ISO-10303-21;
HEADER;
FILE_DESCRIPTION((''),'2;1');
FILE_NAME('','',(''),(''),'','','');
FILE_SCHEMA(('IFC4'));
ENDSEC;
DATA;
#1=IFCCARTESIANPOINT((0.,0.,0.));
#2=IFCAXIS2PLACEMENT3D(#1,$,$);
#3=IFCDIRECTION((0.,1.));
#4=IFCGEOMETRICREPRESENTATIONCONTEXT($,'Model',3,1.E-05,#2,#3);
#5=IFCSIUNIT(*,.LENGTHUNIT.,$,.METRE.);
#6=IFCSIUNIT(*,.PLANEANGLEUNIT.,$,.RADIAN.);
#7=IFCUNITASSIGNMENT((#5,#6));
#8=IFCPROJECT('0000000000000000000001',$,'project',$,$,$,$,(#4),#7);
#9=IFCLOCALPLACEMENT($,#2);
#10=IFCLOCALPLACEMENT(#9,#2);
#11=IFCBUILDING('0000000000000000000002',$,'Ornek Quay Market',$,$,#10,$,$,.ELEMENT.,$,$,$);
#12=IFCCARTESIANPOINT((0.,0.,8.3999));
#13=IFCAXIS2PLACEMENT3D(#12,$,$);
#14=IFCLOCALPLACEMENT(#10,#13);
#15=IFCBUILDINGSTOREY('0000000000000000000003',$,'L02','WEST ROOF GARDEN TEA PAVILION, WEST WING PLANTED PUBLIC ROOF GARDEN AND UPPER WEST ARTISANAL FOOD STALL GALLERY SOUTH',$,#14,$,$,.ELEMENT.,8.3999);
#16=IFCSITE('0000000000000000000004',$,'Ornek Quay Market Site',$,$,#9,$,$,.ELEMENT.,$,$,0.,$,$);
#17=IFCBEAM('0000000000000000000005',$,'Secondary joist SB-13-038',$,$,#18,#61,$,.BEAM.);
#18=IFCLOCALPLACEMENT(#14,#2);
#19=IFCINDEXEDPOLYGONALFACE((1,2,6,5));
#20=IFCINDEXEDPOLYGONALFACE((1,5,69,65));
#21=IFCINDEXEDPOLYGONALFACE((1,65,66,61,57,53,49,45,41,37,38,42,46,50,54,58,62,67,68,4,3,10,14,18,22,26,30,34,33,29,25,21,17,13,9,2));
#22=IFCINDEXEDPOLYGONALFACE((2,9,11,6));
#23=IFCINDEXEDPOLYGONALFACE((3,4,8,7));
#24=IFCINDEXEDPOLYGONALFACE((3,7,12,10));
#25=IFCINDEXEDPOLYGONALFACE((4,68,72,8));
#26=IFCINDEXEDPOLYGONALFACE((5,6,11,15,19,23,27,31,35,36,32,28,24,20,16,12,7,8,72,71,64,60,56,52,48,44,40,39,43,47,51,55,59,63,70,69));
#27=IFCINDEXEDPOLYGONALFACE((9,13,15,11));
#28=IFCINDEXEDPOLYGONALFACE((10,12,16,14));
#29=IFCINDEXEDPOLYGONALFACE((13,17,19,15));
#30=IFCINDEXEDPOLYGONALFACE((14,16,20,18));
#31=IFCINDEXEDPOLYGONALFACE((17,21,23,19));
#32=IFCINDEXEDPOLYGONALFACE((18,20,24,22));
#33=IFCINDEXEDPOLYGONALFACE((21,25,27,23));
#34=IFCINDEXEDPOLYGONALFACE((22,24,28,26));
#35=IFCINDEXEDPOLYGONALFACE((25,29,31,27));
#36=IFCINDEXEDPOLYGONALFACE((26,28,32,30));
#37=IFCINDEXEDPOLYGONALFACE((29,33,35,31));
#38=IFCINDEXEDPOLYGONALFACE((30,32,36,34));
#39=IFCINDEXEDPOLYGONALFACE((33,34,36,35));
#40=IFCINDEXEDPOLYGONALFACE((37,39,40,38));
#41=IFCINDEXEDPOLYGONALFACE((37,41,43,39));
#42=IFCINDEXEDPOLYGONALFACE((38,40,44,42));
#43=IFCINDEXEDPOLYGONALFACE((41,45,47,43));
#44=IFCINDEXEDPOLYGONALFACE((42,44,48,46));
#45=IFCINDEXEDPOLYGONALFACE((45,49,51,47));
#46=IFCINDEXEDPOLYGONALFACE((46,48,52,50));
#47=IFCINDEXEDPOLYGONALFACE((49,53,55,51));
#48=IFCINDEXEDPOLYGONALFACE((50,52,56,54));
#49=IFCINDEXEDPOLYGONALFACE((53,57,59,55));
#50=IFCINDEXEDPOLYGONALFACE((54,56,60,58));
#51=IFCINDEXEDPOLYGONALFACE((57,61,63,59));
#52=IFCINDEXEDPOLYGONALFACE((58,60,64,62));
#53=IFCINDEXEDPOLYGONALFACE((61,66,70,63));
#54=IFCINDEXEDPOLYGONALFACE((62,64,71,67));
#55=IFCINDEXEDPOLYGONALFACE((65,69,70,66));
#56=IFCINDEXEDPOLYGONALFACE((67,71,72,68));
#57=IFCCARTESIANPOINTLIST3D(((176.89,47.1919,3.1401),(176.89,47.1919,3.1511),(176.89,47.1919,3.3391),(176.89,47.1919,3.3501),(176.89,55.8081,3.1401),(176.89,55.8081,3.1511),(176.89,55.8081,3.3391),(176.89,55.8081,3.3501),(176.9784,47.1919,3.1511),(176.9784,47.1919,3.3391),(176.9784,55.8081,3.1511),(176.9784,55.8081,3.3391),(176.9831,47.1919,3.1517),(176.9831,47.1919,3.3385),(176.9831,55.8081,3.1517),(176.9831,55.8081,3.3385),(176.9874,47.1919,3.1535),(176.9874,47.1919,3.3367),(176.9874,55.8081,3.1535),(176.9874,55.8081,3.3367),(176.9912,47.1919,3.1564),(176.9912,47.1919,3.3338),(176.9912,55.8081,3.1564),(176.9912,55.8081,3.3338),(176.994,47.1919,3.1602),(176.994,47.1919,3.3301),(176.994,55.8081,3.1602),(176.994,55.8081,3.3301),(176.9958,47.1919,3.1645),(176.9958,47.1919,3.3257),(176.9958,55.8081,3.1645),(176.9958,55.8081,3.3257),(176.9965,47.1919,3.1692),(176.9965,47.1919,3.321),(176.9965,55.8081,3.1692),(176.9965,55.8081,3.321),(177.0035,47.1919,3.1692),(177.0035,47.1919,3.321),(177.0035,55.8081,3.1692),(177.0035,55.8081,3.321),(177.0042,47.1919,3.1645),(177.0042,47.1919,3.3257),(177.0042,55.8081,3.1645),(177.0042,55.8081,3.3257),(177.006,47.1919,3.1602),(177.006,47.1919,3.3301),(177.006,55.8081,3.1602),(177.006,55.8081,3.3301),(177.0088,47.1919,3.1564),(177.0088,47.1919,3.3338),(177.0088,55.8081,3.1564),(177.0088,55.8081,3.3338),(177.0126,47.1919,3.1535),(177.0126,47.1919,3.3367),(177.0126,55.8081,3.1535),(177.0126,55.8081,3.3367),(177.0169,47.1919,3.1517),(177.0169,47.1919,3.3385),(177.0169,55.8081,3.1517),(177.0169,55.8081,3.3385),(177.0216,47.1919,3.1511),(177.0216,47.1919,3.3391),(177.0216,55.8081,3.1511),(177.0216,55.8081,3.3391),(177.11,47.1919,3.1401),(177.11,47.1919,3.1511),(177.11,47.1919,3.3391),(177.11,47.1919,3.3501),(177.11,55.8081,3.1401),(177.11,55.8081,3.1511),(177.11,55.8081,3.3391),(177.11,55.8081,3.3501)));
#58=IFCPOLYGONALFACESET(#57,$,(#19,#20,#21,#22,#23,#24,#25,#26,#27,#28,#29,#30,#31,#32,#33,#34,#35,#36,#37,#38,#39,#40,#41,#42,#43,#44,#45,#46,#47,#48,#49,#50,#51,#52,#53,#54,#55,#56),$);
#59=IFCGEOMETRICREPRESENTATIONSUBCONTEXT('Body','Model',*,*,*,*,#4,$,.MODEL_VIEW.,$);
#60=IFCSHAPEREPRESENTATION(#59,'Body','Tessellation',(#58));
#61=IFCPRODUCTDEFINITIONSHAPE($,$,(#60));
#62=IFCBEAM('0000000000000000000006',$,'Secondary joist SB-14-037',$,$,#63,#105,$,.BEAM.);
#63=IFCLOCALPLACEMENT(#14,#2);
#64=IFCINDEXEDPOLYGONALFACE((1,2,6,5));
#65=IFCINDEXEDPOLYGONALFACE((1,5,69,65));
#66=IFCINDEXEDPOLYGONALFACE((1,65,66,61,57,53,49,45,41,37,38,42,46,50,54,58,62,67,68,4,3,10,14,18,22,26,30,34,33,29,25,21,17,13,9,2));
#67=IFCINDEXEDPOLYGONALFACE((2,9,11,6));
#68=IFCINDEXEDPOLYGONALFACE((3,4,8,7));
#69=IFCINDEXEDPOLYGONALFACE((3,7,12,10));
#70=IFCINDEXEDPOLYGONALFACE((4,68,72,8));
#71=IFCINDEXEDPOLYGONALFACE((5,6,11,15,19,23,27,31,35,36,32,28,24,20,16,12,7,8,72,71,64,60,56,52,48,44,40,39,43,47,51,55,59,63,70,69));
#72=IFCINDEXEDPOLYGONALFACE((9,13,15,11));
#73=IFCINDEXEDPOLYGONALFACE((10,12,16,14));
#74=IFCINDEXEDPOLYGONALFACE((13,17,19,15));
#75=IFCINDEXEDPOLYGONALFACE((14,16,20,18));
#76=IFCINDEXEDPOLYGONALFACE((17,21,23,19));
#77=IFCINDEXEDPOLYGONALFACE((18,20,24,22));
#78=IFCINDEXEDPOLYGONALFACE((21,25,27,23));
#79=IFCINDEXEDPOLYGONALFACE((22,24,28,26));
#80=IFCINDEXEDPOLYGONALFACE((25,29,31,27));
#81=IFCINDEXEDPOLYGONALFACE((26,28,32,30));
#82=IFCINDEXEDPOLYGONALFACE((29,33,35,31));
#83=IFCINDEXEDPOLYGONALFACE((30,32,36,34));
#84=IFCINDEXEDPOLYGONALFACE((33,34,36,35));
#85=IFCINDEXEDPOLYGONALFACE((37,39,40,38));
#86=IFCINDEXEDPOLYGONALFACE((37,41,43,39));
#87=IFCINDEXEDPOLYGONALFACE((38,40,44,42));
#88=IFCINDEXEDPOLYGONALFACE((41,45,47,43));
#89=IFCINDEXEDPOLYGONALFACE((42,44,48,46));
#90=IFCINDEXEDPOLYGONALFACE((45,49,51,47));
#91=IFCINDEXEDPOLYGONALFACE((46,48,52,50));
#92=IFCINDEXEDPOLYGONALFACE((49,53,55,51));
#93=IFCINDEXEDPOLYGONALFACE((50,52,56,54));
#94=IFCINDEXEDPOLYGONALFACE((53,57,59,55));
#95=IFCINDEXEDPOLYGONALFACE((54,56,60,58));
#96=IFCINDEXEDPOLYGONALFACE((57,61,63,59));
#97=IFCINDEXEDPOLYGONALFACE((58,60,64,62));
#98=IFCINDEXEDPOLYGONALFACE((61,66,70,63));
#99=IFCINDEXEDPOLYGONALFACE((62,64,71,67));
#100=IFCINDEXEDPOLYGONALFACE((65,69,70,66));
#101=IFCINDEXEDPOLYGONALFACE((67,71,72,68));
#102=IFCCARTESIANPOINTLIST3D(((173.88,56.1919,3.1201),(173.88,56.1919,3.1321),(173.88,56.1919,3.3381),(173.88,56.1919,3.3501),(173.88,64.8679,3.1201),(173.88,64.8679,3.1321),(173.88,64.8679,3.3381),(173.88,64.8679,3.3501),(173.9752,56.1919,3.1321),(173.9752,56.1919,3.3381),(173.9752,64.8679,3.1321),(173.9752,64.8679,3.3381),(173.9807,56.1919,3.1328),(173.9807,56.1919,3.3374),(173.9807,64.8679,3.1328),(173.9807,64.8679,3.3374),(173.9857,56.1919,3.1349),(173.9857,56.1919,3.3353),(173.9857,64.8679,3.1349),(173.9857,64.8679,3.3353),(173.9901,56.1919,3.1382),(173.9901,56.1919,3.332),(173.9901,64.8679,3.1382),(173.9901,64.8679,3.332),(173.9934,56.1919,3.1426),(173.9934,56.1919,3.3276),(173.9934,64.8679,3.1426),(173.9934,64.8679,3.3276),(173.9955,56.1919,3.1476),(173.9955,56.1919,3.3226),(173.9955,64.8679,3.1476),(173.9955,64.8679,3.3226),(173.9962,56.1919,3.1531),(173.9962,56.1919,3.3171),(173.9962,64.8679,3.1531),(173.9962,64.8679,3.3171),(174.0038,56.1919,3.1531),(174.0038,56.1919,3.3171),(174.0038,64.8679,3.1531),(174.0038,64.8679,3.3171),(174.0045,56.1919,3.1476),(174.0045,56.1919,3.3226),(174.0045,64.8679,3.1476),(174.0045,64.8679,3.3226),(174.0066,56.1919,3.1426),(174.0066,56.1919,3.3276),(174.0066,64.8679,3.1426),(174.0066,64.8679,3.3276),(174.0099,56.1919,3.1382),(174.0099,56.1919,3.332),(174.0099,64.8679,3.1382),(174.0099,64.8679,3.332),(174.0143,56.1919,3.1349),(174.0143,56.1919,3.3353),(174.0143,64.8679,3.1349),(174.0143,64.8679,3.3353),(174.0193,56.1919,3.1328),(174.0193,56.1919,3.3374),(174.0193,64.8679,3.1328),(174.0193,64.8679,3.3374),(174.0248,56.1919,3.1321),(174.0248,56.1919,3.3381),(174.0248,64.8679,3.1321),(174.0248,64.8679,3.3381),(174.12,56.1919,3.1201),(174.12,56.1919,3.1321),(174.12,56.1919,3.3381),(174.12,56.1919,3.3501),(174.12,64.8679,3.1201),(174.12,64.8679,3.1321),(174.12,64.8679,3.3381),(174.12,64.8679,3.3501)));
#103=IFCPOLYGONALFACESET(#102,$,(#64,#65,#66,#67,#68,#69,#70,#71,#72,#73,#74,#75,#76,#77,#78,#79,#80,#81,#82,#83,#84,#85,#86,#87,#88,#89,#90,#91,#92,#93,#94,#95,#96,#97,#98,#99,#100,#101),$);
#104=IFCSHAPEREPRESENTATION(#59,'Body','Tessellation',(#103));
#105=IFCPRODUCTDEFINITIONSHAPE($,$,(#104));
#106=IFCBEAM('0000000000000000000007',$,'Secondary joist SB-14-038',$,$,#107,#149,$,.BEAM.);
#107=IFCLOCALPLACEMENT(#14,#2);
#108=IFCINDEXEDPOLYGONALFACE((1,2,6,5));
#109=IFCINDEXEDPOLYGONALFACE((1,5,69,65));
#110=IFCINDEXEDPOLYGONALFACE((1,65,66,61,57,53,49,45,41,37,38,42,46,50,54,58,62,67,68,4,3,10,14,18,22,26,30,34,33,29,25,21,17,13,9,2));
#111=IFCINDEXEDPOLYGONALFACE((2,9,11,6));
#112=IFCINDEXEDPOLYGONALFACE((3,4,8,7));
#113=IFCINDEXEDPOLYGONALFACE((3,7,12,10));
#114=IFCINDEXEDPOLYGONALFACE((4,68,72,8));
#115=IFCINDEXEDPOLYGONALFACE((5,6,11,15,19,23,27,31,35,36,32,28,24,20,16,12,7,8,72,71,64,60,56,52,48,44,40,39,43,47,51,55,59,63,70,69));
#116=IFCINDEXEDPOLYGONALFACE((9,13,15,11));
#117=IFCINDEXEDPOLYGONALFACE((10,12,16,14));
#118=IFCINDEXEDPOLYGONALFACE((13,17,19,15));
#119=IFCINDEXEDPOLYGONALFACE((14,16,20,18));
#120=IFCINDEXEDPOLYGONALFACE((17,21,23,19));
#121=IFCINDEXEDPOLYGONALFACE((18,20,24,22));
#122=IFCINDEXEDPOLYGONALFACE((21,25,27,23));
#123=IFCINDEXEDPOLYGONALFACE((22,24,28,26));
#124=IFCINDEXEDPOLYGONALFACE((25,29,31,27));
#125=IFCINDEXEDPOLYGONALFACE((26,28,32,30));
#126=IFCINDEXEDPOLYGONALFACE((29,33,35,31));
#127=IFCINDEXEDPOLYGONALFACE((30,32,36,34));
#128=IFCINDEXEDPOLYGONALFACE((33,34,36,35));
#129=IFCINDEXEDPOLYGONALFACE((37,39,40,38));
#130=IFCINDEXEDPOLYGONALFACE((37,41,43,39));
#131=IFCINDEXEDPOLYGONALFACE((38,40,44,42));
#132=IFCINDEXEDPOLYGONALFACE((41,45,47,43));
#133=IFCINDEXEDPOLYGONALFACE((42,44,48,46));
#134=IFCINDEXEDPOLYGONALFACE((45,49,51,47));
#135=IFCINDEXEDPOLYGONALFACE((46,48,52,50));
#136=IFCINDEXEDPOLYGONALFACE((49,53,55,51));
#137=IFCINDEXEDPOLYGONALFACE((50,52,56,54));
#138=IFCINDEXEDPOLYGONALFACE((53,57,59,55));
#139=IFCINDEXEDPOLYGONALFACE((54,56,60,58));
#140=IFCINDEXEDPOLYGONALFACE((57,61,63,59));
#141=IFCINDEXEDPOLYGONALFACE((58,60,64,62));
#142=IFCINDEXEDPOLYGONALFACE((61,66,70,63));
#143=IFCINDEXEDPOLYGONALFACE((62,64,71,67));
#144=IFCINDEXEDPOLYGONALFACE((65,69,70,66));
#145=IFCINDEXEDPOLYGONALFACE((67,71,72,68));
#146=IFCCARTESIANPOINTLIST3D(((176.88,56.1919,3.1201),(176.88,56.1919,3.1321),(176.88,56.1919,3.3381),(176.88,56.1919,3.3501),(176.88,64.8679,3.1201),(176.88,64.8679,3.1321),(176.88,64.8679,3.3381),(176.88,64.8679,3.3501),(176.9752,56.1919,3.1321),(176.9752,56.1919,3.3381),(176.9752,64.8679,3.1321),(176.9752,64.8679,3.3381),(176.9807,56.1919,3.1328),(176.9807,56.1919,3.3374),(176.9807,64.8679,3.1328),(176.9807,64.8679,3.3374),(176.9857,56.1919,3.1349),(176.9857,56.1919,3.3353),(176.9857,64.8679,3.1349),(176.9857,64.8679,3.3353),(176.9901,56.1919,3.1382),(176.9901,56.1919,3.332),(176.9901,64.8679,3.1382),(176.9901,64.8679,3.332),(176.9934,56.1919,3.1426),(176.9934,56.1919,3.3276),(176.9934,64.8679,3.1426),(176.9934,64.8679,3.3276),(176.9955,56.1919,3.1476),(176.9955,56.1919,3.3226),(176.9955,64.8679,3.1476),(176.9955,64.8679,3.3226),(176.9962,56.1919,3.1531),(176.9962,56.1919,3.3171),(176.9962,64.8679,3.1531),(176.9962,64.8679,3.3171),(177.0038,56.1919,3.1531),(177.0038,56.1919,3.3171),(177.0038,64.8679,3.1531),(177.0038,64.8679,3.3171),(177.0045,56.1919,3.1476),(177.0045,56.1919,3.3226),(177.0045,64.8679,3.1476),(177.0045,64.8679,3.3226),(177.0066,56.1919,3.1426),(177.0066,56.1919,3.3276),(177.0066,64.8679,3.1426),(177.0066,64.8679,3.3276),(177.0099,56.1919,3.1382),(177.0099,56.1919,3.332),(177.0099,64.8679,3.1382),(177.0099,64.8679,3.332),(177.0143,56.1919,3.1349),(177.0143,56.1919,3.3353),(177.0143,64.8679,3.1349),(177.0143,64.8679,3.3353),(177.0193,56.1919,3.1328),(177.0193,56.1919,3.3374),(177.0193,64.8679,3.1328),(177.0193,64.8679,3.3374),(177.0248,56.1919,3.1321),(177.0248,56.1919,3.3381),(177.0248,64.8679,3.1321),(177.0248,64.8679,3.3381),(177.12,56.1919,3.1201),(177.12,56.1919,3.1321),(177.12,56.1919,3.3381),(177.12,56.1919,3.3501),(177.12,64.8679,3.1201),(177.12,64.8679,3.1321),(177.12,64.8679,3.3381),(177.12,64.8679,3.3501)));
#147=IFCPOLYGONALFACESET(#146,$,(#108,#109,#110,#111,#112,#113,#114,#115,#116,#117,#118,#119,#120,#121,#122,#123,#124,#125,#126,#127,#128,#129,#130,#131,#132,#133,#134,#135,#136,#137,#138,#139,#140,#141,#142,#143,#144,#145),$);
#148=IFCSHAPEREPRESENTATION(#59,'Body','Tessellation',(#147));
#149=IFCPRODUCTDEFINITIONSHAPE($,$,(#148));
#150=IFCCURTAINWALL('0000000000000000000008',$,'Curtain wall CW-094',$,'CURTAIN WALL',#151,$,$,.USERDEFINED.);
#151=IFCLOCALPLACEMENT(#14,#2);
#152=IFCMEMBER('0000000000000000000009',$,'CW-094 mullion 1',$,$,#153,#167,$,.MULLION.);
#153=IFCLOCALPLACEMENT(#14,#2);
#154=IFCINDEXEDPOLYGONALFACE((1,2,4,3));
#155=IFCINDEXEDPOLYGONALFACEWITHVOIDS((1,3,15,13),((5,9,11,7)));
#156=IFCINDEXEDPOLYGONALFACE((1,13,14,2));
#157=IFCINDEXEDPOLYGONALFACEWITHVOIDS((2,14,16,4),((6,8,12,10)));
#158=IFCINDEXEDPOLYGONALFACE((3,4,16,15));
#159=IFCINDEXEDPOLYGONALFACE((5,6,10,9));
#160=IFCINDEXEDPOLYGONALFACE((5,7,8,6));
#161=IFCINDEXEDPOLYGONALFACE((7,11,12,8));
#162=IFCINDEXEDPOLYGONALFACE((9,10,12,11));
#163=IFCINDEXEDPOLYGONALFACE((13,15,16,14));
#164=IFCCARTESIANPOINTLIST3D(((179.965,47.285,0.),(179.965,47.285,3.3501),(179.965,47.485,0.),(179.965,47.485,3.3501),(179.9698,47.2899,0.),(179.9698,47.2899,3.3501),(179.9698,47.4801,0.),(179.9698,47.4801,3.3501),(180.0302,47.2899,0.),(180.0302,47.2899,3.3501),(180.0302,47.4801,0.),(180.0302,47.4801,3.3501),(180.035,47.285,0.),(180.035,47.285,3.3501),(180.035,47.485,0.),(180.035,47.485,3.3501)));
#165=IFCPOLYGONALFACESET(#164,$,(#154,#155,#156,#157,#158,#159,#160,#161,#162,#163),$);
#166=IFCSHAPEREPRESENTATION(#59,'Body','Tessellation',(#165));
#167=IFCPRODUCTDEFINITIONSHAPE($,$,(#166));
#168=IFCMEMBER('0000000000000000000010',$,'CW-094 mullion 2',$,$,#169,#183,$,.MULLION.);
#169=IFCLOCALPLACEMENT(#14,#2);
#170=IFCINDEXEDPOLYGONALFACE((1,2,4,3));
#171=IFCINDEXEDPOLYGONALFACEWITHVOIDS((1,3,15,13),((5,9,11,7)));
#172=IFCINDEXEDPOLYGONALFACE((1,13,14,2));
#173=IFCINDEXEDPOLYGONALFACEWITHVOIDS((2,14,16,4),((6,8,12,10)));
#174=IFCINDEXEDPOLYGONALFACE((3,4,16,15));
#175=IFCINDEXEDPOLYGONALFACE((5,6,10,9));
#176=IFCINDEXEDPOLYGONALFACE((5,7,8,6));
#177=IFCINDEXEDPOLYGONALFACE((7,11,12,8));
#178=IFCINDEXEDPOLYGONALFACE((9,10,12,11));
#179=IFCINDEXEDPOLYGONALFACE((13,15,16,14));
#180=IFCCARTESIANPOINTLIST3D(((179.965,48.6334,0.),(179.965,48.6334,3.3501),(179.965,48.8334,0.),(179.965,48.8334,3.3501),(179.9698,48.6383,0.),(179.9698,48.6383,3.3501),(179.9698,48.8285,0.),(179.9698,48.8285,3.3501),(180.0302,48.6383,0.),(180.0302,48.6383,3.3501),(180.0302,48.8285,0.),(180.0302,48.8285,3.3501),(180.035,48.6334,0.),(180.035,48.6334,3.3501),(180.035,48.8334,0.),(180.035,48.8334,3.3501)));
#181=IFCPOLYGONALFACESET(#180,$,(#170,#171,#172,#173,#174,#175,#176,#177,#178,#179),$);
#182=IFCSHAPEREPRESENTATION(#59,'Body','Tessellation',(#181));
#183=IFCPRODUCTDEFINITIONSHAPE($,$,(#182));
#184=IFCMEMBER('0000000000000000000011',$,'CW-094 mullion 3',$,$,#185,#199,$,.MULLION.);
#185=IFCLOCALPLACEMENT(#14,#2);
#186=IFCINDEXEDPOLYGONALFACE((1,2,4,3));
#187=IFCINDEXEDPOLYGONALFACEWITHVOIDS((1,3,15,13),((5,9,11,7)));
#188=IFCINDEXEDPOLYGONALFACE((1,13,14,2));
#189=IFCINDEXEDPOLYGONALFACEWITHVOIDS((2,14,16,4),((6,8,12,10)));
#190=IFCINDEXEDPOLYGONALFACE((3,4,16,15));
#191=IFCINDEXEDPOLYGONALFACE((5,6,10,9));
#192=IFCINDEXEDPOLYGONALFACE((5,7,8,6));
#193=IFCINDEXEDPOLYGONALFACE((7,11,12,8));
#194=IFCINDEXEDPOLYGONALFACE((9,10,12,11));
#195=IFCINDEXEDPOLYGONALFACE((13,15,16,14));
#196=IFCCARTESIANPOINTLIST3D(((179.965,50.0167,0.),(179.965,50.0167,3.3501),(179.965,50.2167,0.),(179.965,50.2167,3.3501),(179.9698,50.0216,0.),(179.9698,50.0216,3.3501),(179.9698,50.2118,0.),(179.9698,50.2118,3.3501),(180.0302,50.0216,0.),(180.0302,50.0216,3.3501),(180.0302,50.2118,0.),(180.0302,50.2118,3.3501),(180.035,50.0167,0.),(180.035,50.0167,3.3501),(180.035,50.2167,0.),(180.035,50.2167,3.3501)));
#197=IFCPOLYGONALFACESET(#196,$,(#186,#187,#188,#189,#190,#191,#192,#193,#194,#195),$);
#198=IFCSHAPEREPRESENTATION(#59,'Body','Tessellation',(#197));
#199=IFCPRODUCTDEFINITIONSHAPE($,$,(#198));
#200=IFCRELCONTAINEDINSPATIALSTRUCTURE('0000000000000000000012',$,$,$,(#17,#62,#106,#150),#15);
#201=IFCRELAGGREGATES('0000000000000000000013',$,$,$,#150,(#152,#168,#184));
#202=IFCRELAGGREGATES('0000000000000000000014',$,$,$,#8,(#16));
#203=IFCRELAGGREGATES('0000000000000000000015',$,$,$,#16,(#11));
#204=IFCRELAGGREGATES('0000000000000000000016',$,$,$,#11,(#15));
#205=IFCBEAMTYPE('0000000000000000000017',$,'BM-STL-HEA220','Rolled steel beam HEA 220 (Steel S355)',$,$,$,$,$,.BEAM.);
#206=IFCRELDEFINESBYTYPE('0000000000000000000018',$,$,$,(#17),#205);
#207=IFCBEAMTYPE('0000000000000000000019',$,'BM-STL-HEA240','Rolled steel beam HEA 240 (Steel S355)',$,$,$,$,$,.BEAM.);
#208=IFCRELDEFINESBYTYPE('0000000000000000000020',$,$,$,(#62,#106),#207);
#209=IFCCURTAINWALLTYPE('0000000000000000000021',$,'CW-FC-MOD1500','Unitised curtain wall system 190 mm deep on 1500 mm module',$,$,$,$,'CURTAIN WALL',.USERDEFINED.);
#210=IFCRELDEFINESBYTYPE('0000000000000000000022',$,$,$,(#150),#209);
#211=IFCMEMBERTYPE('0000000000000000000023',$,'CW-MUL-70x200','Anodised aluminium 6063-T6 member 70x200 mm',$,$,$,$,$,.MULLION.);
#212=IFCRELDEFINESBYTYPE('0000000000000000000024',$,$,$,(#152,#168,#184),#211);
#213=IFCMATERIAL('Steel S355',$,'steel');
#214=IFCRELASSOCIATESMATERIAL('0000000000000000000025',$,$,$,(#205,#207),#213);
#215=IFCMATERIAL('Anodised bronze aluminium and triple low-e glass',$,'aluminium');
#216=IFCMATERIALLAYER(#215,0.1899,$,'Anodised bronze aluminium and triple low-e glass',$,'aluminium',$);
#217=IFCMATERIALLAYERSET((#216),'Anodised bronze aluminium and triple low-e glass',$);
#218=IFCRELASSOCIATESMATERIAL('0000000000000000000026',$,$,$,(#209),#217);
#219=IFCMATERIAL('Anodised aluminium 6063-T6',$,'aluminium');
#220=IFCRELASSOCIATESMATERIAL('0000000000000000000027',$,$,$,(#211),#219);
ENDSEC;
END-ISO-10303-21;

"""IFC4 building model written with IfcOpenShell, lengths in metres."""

from ifc_helpers import new_model, si_unit, direction, frame, origin, origin_2d, place, context, subcontext, project, spatial, hollow_rectangle, i_section, extrude, material, layer, layer_set, material_profile, profile_set, type_object, element, aggregate, save


model = new_model("IFC4")

# Units and contexts
model_context = context("Model", 3, precision=1e-05, world=origin(), true_north=direction((0.0, 1.0)))
body_context = subcontext(model_context, "Body", "Model", "MODEL_VIEW")
ifc_project = project(units=[si_unit("LENGTHUNIT", "METRE"), si_unit("PLANEANGLEUNIT", "RADIAN")], contexts=[model_context])

# Site, building, storey
site_placement = place(None, origin())
site = spatial("IfcSite", under=ifc_project, at=site_placement, Name="Ornek Quay Market Site", CompositionType="ELEMENT", RefElevation=0.0)
building_placement = place(site_placement, origin())
building = spatial("IfcBuilding", under=site, at=building_placement, Name="Ornek Quay Market", CompositionType="ELEMENT")
storey_placement = place(building_placement, frame((0.0, 0.0, 8.3999)))
storey = spatial("IfcBuildingStorey", under=building, at=storey_placement, Name="L02", Description="WEST ROOF GARDEN TEA PAVILION, WEST WING PLANTED PUBLIC ROOF GARDEN AND UPPER WEST ARTISANAL FOOD STALL GALLERY SOUTH", CompositionType="ELEMENT", Elevation=8.3999)

# Beams
ifc_material_1 = material(Name="Steel S355", Category="steel")
ifc_material_profile_1 = material_profile(ifc_material_1, i_section(OverallWidth=0.22, OverallDepth=0.21, WebThickness=0.0071, FlangeThickness=0.011, FilletRadius=0.0181, at=origin_2d()), Name="HEA 220", Category="steel")
ifc_profile_set_1 = profile_set([ifc_material_profile_1], Name="Steel S355")
beam_type_1 = type_object("IfcBeamType", Name="BM-STL-HEA220", Description="Rolled steel beam HEA 220 (Steel S355)", PredefinedType="BEAM", material=ifc_profile_set_1)
for number, where, z_axis, x_axis, name in (
    (1, (177.0, 47.1919, 3.2451), (0.0, 1.0, 0.0), (-1.0, 0.0, 0.0), "Secondary joist SB-13-038"),
):
    element("IfcBeam", number, at=place(storey_placement, frame(where, z_axis=z_axis, x_axis=x_axis)), inside=storey, type_object=beam_type_1, Name=name, PredefinedType="BEAM", context=body_context, shape_type="SweptSolid", body=[
        extrude(i_section(OverallWidth=0.22, OverallDepth=0.21, WebThickness=0.0071, FlangeThickness=0.011, FilletRadius=0.0181, at=origin_2d()), origin(), (0.0, 0.0, 1.0), 8.6162),
    ])
ifc_material_profile_2 = material_profile(ifc_material_1, i_section(OverallWidth=0.24, OverallDepth=0.23, WebThickness=0.0076, FlangeThickness=0.012, FilletRadius=0.021, at=origin_2d()), Name="HEA 240", Category="steel")
ifc_profile_set_2 = profile_set([ifc_material_profile_2], Name="Steel S355")
beam_type_2 = type_object("IfcBeamType", Name="BM-STL-HEA240", Description="Rolled steel beam HEA 240 (Steel S355)", PredefinedType="BEAM", material=ifc_profile_set_2)
for number, where, z_axis, x_axis, name in (
    (2, (174.0, 56.1919, 3.2351), (0.0, 1.0, 0.0), (-1.0, 0.0, 0.0), "Secondary joist SB-14-037"),
    (3, (177.0, 56.1919, 3.2351), (0.0, 1.0, 0.0), (-1.0, 0.0, 0.0), "Secondary joist SB-14-038"),
):
    element("IfcBeam", number, at=place(storey_placement, frame(where, z_axis=z_axis, x_axis=x_axis)), inside=storey, type_object=beam_type_2, Name=name, PredefinedType="BEAM", context=body_context, shape_type="SweptSolid", body=[
        extrude(i_section(OverallWidth=0.24, OverallDepth=0.23, WebThickness=0.0076, FlangeThickness=0.012, FilletRadius=0.021, at=origin_2d()), origin(), (0.0, 0.0, 1.0), 8.676),
    ])

# Curtain wall, members
ifc_material_2 = material(Name="Anodised bronze aluminium and triple low-e glass", Category="aluminium")
ifc_layer_1 = layer(ifc_material_2, 0.1899, Name="Anodised bronze aluminium and triple low-e glass", Category="aluminium")
ifc_layer_set_1 = layer_set([ifc_layer_1], Name="Anodised bronze aluminium and triple low-e glass")
curtain_wall_type = type_object("IfcCurtainWallType", Name="CW-FC-MOD1500", Description="Unitised curtain wall system 190 mm deep on 1500 mm module", ElementType="CURTAIN WALL", PredefinedType="USERDEFINED", material=ifc_layer_set_1)
curtain_wall_placement = place(storey_placement, origin())
curtain_wall = element("IfcCurtainWall", 4, at=curtain_wall_placement, inside=storey, type_object=curtain_wall_type, Name="Curtain wall CW-094", ObjectType="CURTAIN WALL", PredefinedType="USERDEFINED")
ifc_material_3 = material(Name="Anodised aluminium 6063-T6", Category="aluminium")
ifc_material_profile_3 = material_profile(ifc_material_3, hollow_rectangle(XDim=0.0701, YDim=0.2, WallThickness=0.0049, at=origin_2d()), Name="CW-MUL-70x200", Category="aluminium")
ifc_profile_set_3 = profile_set([ifc_material_profile_3], Name="Anodised aluminium 6063-T6")
member_type_1 = type_object("IfcMemberType", Name="CW-MUL-70x200", Description="Anodised aluminium 6063-T6 member 70x200 mm", PredefinedType="MULLION", material=ifc_profile_set_3)
member_1_placement = place(storey_placement, frame((180.0, 47.385, 0.0), z_axis=(0.0, 0.0, 1.0), x_axis=(-1.0, 0.0, 0.0)))
member_1 = element("IfcMember", 5, at=member_1_placement, type_object=member_type_1, Name="CW-094 mullion 1", PredefinedType="MULLION", context=body_context, shape_type="SweptSolid", body=[
    extrude(hollow_rectangle(XDim=0.0701, YDim=0.2, WallThickness=0.0049, at=origin_2d()), origin(), (0.0, 0.0, 1.0), 3.3501),
])
member_2_placement = place(storey_placement, frame((180.0, 48.7334, 0.0), z_axis=(0.0, 0.0, 1.0), x_axis=(-1.0, 0.0, 0.0)))
member_2 = element("IfcMember", 6, at=member_2_placement, type_object=member_type_1, Name="CW-094 mullion 2", PredefinedType="MULLION", context=body_context, shape_type="SweptSolid", body=[
    extrude(hollow_rectangle(XDim=0.0701, YDim=0.2, WallThickness=0.0049, at=origin_2d()), origin(), (0.0, 0.0, 1.0), 3.3501),
])
member_3_placement = place(storey_placement, frame((180.0, 50.1167, 0.0), z_axis=(0.0, 0.0, 1.0), x_axis=(-1.0, 0.0, 0.0)))
member_3 = element("IfcMember", 7, at=member_3_placement, type_object=member_type_1, Name="CW-094 mullion 3", PredefinedType="MULLION", context=body_context, shape_type="SweptSolid", body=[
    extrude(hollow_rectangle(XDim=0.0701, YDim=0.2, WallThickness=0.0049, at=origin_2d()), origin(), (0.0, 0.0, 1.0), 3.3501),
])
aggregate(curtain_wall, [member_1, member_2, member_3])

save(model, "model.ifc")
